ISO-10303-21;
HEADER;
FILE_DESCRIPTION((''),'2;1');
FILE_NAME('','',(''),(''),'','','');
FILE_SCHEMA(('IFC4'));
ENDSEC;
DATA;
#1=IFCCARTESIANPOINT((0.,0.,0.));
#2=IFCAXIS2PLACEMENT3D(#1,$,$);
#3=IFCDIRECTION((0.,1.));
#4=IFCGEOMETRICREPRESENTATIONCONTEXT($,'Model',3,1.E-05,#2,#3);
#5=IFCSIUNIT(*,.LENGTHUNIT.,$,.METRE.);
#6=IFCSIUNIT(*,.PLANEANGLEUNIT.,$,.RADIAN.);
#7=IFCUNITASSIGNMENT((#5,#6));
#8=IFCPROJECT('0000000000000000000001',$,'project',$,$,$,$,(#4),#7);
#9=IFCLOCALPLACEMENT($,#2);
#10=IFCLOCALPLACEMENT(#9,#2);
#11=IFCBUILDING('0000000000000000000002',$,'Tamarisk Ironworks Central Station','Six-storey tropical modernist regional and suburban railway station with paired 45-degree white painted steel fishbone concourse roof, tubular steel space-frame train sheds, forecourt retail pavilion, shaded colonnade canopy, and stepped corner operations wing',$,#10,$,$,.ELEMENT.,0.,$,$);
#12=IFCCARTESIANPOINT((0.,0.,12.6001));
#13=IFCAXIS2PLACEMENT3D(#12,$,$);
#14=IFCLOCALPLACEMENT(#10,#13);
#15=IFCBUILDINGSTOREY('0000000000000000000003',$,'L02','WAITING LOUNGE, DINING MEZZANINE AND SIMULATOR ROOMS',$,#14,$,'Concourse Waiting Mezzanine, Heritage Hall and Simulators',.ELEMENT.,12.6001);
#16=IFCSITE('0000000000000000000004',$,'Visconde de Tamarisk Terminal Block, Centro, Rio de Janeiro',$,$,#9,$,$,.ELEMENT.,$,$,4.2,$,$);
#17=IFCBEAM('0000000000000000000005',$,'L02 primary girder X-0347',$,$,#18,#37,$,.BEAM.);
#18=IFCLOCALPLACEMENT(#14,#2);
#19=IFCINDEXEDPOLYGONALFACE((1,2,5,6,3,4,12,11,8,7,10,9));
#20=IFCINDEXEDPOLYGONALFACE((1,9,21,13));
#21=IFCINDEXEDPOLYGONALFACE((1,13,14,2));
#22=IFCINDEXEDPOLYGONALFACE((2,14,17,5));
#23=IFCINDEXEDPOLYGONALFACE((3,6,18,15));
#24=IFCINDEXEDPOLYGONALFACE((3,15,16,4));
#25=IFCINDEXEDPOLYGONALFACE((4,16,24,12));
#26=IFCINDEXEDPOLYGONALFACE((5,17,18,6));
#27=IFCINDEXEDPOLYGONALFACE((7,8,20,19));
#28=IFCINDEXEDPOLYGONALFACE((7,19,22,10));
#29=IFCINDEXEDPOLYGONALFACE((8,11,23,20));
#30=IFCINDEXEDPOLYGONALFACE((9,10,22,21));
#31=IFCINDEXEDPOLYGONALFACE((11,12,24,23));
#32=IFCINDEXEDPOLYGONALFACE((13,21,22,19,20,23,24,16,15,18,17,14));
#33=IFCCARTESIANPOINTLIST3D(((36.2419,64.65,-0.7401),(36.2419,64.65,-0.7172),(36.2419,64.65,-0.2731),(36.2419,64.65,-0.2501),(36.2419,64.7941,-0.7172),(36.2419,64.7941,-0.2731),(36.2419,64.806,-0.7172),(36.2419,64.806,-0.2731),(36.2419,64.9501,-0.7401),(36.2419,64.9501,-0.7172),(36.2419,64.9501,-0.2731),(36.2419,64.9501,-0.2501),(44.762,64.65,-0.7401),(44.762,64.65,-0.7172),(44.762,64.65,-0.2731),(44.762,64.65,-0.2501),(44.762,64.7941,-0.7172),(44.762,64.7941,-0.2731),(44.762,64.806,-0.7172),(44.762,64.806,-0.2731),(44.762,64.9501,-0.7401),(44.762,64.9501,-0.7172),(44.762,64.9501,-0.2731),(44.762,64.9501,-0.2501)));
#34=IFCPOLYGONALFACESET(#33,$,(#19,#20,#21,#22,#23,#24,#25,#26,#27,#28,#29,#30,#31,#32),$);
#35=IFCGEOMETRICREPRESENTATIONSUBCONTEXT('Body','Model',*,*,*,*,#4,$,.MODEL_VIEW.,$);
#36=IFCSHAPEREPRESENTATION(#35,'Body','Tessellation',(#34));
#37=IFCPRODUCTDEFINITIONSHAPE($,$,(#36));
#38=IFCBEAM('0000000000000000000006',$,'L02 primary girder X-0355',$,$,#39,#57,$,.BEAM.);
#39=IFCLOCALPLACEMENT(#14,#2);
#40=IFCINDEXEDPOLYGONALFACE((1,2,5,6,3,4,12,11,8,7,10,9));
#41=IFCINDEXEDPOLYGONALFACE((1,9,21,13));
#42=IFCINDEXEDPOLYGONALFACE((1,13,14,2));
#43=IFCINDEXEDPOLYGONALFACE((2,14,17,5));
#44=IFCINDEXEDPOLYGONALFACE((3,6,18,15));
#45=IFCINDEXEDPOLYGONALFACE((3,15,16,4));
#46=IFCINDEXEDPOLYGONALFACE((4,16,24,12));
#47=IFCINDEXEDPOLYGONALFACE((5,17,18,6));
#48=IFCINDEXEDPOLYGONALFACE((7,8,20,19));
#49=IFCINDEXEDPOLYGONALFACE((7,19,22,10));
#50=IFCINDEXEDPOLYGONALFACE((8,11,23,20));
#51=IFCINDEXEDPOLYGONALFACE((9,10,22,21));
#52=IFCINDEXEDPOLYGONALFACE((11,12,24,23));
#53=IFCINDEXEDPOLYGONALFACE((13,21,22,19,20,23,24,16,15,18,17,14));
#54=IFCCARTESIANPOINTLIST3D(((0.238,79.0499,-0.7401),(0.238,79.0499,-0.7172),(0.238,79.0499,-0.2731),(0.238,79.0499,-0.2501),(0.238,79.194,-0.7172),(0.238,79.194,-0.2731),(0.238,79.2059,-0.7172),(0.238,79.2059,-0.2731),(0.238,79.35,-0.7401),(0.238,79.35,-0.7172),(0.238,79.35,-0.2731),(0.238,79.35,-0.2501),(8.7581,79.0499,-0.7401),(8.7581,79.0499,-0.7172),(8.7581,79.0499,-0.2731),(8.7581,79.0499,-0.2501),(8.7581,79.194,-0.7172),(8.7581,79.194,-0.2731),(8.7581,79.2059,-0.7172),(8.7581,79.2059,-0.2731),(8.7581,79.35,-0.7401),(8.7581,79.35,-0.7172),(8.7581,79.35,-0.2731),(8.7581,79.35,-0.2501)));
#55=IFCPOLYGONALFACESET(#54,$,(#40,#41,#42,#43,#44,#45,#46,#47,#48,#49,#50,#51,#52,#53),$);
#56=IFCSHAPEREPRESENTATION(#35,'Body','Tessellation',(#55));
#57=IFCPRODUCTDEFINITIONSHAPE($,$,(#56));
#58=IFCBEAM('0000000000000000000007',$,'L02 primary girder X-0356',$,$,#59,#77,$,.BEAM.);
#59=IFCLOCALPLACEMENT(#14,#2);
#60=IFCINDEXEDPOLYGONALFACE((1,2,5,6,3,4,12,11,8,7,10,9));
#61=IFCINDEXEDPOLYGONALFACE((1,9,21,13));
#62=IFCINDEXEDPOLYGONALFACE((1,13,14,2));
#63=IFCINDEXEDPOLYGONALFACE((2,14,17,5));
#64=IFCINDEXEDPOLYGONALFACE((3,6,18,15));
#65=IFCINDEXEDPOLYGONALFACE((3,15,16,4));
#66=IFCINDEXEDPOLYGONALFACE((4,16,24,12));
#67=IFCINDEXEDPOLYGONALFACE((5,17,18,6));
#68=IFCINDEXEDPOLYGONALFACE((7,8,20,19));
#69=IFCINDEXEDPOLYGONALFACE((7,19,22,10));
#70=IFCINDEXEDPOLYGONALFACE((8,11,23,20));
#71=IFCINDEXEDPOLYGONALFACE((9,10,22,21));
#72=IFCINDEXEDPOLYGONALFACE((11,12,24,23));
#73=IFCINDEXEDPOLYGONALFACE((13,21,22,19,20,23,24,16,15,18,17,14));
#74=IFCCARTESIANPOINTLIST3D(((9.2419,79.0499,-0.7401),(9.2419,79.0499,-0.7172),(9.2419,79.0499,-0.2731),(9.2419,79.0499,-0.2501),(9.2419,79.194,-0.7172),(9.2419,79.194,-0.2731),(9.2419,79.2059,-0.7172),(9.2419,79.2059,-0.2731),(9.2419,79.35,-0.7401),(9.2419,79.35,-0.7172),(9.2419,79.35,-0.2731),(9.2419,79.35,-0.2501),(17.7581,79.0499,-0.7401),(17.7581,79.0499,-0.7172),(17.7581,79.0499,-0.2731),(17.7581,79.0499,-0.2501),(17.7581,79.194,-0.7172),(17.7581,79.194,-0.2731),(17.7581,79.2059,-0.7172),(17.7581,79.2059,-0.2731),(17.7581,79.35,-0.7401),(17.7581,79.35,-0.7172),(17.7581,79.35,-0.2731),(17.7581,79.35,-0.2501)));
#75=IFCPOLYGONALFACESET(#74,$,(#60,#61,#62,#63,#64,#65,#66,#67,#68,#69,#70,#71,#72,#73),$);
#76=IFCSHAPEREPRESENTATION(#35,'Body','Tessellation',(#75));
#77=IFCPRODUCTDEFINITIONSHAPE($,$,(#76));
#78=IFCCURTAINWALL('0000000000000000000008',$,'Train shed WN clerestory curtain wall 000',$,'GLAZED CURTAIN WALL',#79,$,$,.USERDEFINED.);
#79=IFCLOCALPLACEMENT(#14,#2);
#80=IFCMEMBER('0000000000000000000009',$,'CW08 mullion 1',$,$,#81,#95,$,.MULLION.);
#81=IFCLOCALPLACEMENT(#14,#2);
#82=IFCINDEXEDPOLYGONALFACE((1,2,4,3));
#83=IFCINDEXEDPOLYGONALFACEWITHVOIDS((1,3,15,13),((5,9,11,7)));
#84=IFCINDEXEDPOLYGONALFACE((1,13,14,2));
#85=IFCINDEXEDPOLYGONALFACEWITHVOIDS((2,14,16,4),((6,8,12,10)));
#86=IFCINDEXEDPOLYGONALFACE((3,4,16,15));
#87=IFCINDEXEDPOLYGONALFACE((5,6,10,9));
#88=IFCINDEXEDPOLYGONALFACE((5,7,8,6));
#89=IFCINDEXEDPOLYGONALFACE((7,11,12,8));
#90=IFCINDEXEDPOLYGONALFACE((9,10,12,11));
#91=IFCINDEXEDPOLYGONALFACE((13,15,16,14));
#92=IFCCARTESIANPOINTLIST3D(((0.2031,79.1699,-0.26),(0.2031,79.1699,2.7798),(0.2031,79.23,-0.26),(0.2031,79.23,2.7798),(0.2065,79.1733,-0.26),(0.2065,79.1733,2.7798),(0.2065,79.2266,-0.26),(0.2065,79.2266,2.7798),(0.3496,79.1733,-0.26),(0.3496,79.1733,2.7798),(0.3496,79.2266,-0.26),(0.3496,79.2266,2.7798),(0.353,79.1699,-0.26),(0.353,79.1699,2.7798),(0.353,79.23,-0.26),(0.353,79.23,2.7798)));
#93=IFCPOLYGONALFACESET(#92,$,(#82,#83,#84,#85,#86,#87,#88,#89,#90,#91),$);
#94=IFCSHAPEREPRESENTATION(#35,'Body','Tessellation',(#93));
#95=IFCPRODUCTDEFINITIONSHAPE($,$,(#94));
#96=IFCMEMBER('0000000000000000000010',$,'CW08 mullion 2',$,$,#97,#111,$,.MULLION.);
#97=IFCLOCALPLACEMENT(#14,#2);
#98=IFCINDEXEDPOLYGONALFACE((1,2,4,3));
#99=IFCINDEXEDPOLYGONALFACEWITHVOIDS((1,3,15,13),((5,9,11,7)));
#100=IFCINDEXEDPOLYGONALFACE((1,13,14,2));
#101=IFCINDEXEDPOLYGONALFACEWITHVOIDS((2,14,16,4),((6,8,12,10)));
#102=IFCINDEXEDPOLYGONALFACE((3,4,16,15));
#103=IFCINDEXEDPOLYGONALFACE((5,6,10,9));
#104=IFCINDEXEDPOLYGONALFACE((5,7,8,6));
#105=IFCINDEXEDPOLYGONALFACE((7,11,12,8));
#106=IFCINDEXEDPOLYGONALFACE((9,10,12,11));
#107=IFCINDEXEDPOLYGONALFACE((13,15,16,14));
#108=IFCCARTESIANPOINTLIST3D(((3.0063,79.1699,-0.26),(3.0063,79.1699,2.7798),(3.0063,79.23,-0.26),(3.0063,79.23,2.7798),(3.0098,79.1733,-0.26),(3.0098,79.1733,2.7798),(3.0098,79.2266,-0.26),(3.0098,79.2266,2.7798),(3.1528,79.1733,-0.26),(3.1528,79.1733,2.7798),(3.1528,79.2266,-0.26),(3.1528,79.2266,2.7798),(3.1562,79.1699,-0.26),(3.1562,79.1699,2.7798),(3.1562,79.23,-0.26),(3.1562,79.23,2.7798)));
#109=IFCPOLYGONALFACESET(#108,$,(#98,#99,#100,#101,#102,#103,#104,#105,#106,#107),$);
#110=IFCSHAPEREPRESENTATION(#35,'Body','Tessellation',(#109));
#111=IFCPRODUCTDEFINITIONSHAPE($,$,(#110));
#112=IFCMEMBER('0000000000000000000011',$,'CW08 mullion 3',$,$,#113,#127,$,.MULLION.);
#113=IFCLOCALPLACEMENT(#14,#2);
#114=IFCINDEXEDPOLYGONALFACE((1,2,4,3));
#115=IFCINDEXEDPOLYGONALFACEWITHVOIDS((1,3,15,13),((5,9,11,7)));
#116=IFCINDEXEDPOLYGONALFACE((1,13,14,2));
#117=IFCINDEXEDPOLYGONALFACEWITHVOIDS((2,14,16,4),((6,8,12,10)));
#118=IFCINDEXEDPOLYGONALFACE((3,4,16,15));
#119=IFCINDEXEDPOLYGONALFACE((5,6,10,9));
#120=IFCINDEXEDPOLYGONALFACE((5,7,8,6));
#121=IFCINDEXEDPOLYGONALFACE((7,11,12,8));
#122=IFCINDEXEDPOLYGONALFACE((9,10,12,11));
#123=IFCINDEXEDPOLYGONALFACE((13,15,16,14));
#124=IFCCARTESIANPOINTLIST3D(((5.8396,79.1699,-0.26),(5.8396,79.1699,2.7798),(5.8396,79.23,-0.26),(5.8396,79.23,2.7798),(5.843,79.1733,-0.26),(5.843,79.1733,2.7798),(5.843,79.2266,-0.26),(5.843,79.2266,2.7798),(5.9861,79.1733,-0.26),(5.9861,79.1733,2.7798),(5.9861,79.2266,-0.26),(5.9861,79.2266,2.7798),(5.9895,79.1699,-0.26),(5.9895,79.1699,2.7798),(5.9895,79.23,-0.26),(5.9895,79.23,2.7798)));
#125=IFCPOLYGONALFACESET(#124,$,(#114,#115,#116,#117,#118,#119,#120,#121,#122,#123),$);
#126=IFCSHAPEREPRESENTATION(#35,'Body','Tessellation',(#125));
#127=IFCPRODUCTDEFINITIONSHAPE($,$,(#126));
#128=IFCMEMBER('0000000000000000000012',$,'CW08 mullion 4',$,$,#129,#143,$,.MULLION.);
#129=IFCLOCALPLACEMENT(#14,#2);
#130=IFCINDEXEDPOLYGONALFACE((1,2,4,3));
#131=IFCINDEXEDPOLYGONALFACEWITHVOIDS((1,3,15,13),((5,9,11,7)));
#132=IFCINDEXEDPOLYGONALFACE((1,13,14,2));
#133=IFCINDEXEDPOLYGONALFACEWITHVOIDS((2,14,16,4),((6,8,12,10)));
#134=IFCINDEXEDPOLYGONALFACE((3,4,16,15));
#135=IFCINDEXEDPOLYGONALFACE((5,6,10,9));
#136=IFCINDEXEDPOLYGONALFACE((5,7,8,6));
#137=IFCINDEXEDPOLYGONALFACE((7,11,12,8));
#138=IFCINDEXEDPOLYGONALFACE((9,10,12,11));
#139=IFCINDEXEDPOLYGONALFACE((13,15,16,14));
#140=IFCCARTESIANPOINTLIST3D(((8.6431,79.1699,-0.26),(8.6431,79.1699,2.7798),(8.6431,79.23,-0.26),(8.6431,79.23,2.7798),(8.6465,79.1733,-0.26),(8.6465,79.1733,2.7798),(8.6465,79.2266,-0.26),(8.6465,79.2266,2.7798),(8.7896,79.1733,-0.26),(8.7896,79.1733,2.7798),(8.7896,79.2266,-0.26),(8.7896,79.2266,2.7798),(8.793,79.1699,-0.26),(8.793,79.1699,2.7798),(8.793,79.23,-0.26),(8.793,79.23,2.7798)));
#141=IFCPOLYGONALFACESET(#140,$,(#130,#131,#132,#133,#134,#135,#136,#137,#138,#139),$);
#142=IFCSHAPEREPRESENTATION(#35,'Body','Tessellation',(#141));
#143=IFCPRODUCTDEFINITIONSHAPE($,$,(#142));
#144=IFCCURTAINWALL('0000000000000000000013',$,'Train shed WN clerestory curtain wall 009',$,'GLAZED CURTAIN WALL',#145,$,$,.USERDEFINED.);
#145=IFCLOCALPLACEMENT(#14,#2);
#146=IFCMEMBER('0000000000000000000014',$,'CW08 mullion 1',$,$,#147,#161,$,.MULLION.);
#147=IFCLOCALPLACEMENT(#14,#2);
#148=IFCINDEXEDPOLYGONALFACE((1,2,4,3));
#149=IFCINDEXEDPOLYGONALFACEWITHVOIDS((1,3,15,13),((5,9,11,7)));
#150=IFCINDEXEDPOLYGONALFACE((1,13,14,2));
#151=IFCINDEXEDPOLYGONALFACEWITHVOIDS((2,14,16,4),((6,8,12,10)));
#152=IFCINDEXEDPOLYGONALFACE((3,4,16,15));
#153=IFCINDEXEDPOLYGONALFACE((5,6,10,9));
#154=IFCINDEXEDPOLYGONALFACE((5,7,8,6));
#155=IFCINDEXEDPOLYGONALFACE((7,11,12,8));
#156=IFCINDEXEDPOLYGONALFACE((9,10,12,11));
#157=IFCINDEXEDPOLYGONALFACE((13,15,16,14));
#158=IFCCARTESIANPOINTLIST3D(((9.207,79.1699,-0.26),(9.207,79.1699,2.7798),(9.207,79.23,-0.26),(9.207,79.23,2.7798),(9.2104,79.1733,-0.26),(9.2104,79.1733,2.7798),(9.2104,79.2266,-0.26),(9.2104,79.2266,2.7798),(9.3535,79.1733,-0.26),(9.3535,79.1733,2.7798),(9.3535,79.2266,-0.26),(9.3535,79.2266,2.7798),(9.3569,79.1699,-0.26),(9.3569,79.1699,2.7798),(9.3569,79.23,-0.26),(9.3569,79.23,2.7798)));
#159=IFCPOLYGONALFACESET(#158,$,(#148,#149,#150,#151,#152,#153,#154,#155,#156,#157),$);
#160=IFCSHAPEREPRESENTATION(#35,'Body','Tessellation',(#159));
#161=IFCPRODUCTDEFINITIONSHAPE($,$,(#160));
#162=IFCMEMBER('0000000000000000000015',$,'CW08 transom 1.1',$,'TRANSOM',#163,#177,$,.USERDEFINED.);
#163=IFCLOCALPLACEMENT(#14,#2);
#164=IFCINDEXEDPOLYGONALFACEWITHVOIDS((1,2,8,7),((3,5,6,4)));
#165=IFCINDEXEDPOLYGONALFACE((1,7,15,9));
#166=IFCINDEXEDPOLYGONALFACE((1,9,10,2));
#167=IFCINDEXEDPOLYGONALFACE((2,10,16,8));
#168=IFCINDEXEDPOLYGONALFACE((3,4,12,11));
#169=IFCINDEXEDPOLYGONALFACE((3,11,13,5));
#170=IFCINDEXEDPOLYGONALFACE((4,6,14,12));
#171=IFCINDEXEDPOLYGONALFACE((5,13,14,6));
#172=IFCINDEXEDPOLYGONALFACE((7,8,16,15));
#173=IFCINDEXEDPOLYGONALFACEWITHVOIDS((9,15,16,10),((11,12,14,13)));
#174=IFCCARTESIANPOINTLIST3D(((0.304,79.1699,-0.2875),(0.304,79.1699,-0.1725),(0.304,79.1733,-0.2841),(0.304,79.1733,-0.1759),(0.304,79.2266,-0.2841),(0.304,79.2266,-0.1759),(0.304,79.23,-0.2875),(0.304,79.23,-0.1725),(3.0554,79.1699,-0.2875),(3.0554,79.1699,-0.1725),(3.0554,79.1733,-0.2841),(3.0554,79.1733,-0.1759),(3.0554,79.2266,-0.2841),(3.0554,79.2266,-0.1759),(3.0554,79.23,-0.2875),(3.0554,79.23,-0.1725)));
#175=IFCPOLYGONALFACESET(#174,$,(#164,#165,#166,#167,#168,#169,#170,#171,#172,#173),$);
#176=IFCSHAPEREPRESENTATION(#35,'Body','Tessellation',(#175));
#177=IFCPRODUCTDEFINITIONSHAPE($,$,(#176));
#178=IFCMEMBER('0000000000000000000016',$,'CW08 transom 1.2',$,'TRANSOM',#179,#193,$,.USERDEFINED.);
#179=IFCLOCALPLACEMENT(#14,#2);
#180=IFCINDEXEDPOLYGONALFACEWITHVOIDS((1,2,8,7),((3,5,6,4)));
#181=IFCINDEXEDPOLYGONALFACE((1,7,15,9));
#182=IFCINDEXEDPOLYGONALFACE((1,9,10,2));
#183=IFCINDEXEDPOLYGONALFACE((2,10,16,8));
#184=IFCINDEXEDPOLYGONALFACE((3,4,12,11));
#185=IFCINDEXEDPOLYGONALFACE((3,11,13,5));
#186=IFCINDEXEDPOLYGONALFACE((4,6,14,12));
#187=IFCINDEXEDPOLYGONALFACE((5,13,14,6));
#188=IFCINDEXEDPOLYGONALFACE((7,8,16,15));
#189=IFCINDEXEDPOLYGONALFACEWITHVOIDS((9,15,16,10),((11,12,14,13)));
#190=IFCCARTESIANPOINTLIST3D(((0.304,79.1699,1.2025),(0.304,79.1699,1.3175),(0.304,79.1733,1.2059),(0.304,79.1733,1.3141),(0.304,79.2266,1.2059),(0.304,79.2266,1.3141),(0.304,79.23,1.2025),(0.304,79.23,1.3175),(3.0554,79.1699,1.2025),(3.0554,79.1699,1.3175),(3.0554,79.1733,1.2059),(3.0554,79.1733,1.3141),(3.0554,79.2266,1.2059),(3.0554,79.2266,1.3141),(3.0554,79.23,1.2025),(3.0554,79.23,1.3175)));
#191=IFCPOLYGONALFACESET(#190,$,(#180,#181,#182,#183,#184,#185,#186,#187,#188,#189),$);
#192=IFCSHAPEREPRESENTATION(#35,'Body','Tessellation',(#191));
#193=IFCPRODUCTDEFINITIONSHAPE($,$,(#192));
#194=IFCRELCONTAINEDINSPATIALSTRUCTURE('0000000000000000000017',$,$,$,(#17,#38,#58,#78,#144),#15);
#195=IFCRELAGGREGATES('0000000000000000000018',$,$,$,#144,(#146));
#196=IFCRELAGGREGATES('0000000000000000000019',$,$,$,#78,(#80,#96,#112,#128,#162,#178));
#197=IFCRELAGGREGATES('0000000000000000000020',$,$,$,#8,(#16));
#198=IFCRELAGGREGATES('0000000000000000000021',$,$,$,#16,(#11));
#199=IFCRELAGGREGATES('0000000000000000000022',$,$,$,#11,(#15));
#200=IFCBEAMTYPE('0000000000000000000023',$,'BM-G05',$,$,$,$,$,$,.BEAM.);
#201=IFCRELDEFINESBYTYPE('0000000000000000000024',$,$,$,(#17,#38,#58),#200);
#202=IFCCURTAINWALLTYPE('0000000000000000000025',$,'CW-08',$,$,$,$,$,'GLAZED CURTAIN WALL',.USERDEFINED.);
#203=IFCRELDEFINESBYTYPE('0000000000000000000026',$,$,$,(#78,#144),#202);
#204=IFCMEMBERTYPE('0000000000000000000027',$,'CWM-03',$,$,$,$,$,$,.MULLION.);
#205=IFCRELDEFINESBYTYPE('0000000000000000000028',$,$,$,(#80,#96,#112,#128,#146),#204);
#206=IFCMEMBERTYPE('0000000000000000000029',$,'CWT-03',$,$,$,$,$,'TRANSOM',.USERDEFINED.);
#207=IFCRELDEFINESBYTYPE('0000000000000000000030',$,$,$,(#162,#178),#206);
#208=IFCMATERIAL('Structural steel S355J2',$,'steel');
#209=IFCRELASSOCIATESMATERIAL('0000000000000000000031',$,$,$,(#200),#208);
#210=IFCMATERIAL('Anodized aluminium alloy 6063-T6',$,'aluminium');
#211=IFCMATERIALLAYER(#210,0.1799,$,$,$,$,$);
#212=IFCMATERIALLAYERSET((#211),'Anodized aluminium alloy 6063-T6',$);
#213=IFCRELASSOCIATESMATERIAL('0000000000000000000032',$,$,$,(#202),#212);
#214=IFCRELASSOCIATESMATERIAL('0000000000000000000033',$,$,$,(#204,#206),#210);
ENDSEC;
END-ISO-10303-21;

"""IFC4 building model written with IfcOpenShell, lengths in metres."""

from ifc_helpers import new_model, si_unit, direction, frame, origin, origin_2d, place, context, subcontext, project, spatial, hollow_rectangle, i_section, extrude, material, layer, layer_set, material_profile, profile_set, type_object, element, aggregate, save


model = new_model("IFC4")

# Units and contexts
model_context = context("Model", 3, precision=1e-05, world=origin(), true_north=direction((0.0, 1.0)))
body_context = subcontext(model_context, "Body", "Model", "MODEL_VIEW")
ifc_project = project(units=[si_unit("LENGTHUNIT", "METRE"), si_unit("PLANEANGLEUNIT", "RADIAN")], contexts=[model_context])

# Site, building, storey
site_placement = place(None, origin())
site = spatial("IfcSite", under=ifc_project, at=site_placement, Name="Visconde de Tamarisk Terminal Block, Centro, Rio de Janeiro", CompositionType="ELEMENT", RefElevation=4.2)
building_placement = place(site_placement, origin())
building = spatial("IfcBuilding", under=site, at=building_placement, Name="Tamarisk Ironworks Central Station", Description="Six-storey tropical modernist regional and suburban railway station with paired 45-degree white painted steel fishbone concourse roof, tubular steel space-frame train sheds, forecourt retail pavilion, shaded colonnade canopy, and stepped corner operations wing", CompositionType="ELEMENT", ElevationOfRefHeight=0.0)
storey_placement = place(building_placement, frame((0.0, 0.0, 12.6001)))
storey = spatial("IfcBuildingStorey", under=building, at=storey_placement, Name="L02", Description="WAITING LOUNGE, DINING MEZZANINE AND SIMULATOR ROOMS", LongName="Concourse Waiting Mezzanine, Heritage Hall and Simulators", CompositionType="ELEMENT", Elevation=12.6001)

# Beams
ifc_material_1 = material(Name="Structural steel S355J2", Category="steel")
ifc_material_profile_1 = material_profile(ifc_material_1, i_section(OverallWidth=0.3, OverallDepth=0.49, WebThickness=0.012, FlangeThickness=0.0229, at=origin_2d()), Name="HEA 500")
ifc_profile_set_1 = profile_set([ifc_material_profile_1], Name="Structural steel S355J2")
beam_type_1 = type_object("IfcBeamType", Name="BM-G05", PredefinedType="BEAM", material=ifc_profile_set_1)
for number, where, z_axis, x_axis, name in (
    (1, (36.2419, 64.8, -0.4951), (1.0, 0.0, 0.0), (0.0, 1.0, 0.0), "L02 primary girder X-0347"),
    (2, (0.238, 79.2, -0.4951), (1.0, 0.0, 0.0), (0.0, 1.0, 0.0), "L02 primary girder X-0355"),
):
    element("IfcBeam", number, at=place(storey_placement, frame(where, z_axis=z_axis, x_axis=x_axis)), inside=storey, type_object=beam_type_1, Name=name, PredefinedType="BEAM", context=body_context, shape_type="SweptSolid", body=[
        extrude(i_section(OverallWidth=0.3, OverallDepth=0.49, WebThickness=0.012, FlangeThickness=0.0229, at=origin_2d()), origin(), (0.0, 0.0, 1.0), 8.52),
    ])
beam_1_placement = place(storey_placement, frame((9.2419, 79.2, -0.4951), z_axis=(1.0, 0.0, 0.0), x_axis=(0.0, 1.0, 0.0)))
element("IfcBeam", 3, at=beam_1_placement, inside=storey, type_object=beam_type_1, Name="L02 primary girder X-0356", PredefinedType="BEAM", context=body_context, shape_type="SweptSolid", body=[
    extrude(i_section(OverallWidth=0.3, OverallDepth=0.49, WebThickness=0.012, FlangeThickness=0.0229, at=origin_2d()), origin(), (0.0, 0.0, 1.0), 8.5161),
])

# Curtain wall, members
ifc_material_2 = material(Name="Anodized aluminium alloy 6063-T6", Category="aluminium")
ifc_layer_1 = layer(ifc_material_2, 0.1799)
ifc_layer_set_1 = layer_set([ifc_layer_1], Name="Anodized aluminium alloy 6063-T6")
curtain_wall_type = type_object("IfcCurtainWallType", Name="CW-08", ElementType="GLAZED CURTAIN WALL", PredefinedType="USERDEFINED", material=ifc_layer_set_1)
curtain_wall_1_placement = place(storey_placement, origin())
curtain_wall_1 = element("IfcCurtainWall", 4, at=curtain_wall_1_placement, inside=storey, type_object=curtain_wall_type, Name="Train shed WN clerestory curtain wall 000", ObjectType="GLAZED CURTAIN WALL", PredefinedType="USERDEFINED")
ifc_material_profile_2 = material_profile(ifc_material_2, hollow_rectangle(XDim=0.0601, YDim=0.1499, WallThickness=0.0034, at=origin_2d()), Name="ALUM 150x60")
ifc_profile_set_2 = profile_set([ifc_material_profile_2], Name="Anodized aluminium alloy 6063-T6")
member_type_1 = type_object("IfcMemberType", Name="CWM-03", PredefinedType="MULLION", material=ifc_profile_set_2)
member_1_placement = place(storey_placement, frame((0.2781, 79.2, -0.26), z_axis=(0.0, 0.0, 1.0), x_axis=(0.0, 1.0, 0.0)))
member_1 = element("IfcMember", 5, at=member_1_placement, type_object=member_type_1, Name="CW08 mullion 1", PredefinedType="MULLION", context=body_context, shape_type="SweptSolid", body=[
    extrude(hollow_rectangle(XDim=0.0601, YDim=0.1499, WallThickness=0.0034, at=origin_2d()), origin(), (0.0, 0.0, 1.0), 3.0398),
])
member_2_placement = place(storey_placement, frame((3.0813, 79.2, -0.26), z_axis=(0.0, 0.0, 1.0), x_axis=(0.0, 1.0, 0.0)))
member_2 = element("IfcMember", 6, at=member_2_placement, type_object=member_type_1, Name="CW08 mullion 2", PredefinedType="MULLION", context=body_context, shape_type="SweptSolid", body=[
    extrude(hollow_rectangle(XDim=0.0601, YDim=0.1499, WallThickness=0.0034, at=origin_2d()), origin(), (0.0, 0.0, 1.0), 3.0398),
])
member_3_placement = place(storey_placement, frame((5.9146, 79.2, -0.26), z_axis=(0.0, 0.0, 1.0), x_axis=(0.0, 1.0, 0.0)))
member_3 = element("IfcMember", 7, at=member_3_placement, type_object=member_type_1, Name="CW08 mullion 3", PredefinedType="MULLION", context=body_context, shape_type="SweptSolid", body=[
    extrude(hollow_rectangle(XDim=0.0601, YDim=0.1499, WallThickness=0.0034, at=origin_2d()), origin(), (0.0, 0.0, 1.0), 3.0398),
])
member_4_placement = place(storey_placement, frame((8.718, 79.2, -0.26), z_axis=(0.0, 0.0, 1.0), x_axis=(0.0, 1.0, 0.0)))
member_4 = element("IfcMember", 8, at=member_4_placement, type_object=member_type_1, Name="CW08 mullion 4", PredefinedType="MULLION", context=body_context, shape_type="SweptSolid", body=[
    extrude(hollow_rectangle(XDim=0.0601, YDim=0.1499, WallThickness=0.0034, at=origin_2d()), origin(), (0.0, 0.0, 1.0), 3.0398),
])

# Curtain wall, member
curtain_wall_2_placement = place(storey_placement, origin())
curtain_wall_2 = element("IfcCurtainWall", 9, at=curtain_wall_2_placement, inside=storey, type_object=curtain_wall_type, Name="Train shed WN clerestory curtain wall 009", ObjectType="GLAZED CURTAIN WALL", PredefinedType="USERDEFINED")
member_5_placement = place(storey_placement, frame((9.282, 79.2, -0.26), z_axis=(0.0, 0.0, 1.0), x_axis=(0.0, 1.0, 0.0)))
member_5 = element("IfcMember", 10, at=member_5_placement, type_object=member_type_1, Name="CW08 mullion 1", PredefinedType="MULLION", context=body_context, shape_type="SweptSolid", body=[
    extrude(hollow_rectangle(XDim=0.0601, YDim=0.1499, WallThickness=0.0034, at=origin_2d()), origin(), (0.0, 0.0, 1.0), 3.0398),
])

# Members
ifc_material_profile_3 = material_profile(ifc_material_2, hollow_rectangle(XDim=0.0601, YDim=0.115, WallThickness=0.0034, at=origin_2d()), Name="ALUM 115x60")
ifc_profile_set_3 = profile_set([ifc_material_profile_3], Name="Anodized aluminium alloy 6063-T6")
member_type_2 = type_object("IfcMemberType", Name="CWT-03", ElementType="TRANSOM", PredefinedType="USERDEFINED", material=ifc_profile_set_3)
member_6_placement = place(storey_placement, frame((0.304, 79.2, -0.23), z_axis=(1.0, 0.0, 0.0), x_axis=(0.0, 1.0, 0.0)))
member_6 = element("IfcMember", 11, at=member_6_placement, type_object=member_type_2, Name="CW08 transom 1.1", ObjectType="TRANSOM", PredefinedType="USERDEFINED", context=body_context, shape_type="SweptSolid", body=[
    extrude(hollow_rectangle(XDim=0.0601, YDim=0.115, WallThickness=0.0034, at=origin_2d()), origin(), (0.0, 0.0, 1.0), 2.7515),
])
member_7_placement = place(storey_placement, frame((0.304, 79.2, 1.26), z_axis=(1.0, 0.0, 0.0), x_axis=(0.0, 1.0, 0.0)))
member_7 = element("IfcMember", 12, at=member_7_placement, type_object=member_type_2, Name="CW08 transom 1.2", ObjectType="TRANSOM", PredefinedType="USERDEFINED", context=body_context, shape_type="SweptSolid", body=[
    extrude(hollow_rectangle(XDim=0.0601, YDim=0.115, WallThickness=0.0034, at=origin_2d()), origin(), (0.0, 0.0, 1.0), 2.7515),
])
aggregate(curtain_wall_2, [member_5])

aggregate(curtain_wall_1, [member_1, member_2, member_3, member_4, member_6, member_7])

save(model, "model.ifc")
